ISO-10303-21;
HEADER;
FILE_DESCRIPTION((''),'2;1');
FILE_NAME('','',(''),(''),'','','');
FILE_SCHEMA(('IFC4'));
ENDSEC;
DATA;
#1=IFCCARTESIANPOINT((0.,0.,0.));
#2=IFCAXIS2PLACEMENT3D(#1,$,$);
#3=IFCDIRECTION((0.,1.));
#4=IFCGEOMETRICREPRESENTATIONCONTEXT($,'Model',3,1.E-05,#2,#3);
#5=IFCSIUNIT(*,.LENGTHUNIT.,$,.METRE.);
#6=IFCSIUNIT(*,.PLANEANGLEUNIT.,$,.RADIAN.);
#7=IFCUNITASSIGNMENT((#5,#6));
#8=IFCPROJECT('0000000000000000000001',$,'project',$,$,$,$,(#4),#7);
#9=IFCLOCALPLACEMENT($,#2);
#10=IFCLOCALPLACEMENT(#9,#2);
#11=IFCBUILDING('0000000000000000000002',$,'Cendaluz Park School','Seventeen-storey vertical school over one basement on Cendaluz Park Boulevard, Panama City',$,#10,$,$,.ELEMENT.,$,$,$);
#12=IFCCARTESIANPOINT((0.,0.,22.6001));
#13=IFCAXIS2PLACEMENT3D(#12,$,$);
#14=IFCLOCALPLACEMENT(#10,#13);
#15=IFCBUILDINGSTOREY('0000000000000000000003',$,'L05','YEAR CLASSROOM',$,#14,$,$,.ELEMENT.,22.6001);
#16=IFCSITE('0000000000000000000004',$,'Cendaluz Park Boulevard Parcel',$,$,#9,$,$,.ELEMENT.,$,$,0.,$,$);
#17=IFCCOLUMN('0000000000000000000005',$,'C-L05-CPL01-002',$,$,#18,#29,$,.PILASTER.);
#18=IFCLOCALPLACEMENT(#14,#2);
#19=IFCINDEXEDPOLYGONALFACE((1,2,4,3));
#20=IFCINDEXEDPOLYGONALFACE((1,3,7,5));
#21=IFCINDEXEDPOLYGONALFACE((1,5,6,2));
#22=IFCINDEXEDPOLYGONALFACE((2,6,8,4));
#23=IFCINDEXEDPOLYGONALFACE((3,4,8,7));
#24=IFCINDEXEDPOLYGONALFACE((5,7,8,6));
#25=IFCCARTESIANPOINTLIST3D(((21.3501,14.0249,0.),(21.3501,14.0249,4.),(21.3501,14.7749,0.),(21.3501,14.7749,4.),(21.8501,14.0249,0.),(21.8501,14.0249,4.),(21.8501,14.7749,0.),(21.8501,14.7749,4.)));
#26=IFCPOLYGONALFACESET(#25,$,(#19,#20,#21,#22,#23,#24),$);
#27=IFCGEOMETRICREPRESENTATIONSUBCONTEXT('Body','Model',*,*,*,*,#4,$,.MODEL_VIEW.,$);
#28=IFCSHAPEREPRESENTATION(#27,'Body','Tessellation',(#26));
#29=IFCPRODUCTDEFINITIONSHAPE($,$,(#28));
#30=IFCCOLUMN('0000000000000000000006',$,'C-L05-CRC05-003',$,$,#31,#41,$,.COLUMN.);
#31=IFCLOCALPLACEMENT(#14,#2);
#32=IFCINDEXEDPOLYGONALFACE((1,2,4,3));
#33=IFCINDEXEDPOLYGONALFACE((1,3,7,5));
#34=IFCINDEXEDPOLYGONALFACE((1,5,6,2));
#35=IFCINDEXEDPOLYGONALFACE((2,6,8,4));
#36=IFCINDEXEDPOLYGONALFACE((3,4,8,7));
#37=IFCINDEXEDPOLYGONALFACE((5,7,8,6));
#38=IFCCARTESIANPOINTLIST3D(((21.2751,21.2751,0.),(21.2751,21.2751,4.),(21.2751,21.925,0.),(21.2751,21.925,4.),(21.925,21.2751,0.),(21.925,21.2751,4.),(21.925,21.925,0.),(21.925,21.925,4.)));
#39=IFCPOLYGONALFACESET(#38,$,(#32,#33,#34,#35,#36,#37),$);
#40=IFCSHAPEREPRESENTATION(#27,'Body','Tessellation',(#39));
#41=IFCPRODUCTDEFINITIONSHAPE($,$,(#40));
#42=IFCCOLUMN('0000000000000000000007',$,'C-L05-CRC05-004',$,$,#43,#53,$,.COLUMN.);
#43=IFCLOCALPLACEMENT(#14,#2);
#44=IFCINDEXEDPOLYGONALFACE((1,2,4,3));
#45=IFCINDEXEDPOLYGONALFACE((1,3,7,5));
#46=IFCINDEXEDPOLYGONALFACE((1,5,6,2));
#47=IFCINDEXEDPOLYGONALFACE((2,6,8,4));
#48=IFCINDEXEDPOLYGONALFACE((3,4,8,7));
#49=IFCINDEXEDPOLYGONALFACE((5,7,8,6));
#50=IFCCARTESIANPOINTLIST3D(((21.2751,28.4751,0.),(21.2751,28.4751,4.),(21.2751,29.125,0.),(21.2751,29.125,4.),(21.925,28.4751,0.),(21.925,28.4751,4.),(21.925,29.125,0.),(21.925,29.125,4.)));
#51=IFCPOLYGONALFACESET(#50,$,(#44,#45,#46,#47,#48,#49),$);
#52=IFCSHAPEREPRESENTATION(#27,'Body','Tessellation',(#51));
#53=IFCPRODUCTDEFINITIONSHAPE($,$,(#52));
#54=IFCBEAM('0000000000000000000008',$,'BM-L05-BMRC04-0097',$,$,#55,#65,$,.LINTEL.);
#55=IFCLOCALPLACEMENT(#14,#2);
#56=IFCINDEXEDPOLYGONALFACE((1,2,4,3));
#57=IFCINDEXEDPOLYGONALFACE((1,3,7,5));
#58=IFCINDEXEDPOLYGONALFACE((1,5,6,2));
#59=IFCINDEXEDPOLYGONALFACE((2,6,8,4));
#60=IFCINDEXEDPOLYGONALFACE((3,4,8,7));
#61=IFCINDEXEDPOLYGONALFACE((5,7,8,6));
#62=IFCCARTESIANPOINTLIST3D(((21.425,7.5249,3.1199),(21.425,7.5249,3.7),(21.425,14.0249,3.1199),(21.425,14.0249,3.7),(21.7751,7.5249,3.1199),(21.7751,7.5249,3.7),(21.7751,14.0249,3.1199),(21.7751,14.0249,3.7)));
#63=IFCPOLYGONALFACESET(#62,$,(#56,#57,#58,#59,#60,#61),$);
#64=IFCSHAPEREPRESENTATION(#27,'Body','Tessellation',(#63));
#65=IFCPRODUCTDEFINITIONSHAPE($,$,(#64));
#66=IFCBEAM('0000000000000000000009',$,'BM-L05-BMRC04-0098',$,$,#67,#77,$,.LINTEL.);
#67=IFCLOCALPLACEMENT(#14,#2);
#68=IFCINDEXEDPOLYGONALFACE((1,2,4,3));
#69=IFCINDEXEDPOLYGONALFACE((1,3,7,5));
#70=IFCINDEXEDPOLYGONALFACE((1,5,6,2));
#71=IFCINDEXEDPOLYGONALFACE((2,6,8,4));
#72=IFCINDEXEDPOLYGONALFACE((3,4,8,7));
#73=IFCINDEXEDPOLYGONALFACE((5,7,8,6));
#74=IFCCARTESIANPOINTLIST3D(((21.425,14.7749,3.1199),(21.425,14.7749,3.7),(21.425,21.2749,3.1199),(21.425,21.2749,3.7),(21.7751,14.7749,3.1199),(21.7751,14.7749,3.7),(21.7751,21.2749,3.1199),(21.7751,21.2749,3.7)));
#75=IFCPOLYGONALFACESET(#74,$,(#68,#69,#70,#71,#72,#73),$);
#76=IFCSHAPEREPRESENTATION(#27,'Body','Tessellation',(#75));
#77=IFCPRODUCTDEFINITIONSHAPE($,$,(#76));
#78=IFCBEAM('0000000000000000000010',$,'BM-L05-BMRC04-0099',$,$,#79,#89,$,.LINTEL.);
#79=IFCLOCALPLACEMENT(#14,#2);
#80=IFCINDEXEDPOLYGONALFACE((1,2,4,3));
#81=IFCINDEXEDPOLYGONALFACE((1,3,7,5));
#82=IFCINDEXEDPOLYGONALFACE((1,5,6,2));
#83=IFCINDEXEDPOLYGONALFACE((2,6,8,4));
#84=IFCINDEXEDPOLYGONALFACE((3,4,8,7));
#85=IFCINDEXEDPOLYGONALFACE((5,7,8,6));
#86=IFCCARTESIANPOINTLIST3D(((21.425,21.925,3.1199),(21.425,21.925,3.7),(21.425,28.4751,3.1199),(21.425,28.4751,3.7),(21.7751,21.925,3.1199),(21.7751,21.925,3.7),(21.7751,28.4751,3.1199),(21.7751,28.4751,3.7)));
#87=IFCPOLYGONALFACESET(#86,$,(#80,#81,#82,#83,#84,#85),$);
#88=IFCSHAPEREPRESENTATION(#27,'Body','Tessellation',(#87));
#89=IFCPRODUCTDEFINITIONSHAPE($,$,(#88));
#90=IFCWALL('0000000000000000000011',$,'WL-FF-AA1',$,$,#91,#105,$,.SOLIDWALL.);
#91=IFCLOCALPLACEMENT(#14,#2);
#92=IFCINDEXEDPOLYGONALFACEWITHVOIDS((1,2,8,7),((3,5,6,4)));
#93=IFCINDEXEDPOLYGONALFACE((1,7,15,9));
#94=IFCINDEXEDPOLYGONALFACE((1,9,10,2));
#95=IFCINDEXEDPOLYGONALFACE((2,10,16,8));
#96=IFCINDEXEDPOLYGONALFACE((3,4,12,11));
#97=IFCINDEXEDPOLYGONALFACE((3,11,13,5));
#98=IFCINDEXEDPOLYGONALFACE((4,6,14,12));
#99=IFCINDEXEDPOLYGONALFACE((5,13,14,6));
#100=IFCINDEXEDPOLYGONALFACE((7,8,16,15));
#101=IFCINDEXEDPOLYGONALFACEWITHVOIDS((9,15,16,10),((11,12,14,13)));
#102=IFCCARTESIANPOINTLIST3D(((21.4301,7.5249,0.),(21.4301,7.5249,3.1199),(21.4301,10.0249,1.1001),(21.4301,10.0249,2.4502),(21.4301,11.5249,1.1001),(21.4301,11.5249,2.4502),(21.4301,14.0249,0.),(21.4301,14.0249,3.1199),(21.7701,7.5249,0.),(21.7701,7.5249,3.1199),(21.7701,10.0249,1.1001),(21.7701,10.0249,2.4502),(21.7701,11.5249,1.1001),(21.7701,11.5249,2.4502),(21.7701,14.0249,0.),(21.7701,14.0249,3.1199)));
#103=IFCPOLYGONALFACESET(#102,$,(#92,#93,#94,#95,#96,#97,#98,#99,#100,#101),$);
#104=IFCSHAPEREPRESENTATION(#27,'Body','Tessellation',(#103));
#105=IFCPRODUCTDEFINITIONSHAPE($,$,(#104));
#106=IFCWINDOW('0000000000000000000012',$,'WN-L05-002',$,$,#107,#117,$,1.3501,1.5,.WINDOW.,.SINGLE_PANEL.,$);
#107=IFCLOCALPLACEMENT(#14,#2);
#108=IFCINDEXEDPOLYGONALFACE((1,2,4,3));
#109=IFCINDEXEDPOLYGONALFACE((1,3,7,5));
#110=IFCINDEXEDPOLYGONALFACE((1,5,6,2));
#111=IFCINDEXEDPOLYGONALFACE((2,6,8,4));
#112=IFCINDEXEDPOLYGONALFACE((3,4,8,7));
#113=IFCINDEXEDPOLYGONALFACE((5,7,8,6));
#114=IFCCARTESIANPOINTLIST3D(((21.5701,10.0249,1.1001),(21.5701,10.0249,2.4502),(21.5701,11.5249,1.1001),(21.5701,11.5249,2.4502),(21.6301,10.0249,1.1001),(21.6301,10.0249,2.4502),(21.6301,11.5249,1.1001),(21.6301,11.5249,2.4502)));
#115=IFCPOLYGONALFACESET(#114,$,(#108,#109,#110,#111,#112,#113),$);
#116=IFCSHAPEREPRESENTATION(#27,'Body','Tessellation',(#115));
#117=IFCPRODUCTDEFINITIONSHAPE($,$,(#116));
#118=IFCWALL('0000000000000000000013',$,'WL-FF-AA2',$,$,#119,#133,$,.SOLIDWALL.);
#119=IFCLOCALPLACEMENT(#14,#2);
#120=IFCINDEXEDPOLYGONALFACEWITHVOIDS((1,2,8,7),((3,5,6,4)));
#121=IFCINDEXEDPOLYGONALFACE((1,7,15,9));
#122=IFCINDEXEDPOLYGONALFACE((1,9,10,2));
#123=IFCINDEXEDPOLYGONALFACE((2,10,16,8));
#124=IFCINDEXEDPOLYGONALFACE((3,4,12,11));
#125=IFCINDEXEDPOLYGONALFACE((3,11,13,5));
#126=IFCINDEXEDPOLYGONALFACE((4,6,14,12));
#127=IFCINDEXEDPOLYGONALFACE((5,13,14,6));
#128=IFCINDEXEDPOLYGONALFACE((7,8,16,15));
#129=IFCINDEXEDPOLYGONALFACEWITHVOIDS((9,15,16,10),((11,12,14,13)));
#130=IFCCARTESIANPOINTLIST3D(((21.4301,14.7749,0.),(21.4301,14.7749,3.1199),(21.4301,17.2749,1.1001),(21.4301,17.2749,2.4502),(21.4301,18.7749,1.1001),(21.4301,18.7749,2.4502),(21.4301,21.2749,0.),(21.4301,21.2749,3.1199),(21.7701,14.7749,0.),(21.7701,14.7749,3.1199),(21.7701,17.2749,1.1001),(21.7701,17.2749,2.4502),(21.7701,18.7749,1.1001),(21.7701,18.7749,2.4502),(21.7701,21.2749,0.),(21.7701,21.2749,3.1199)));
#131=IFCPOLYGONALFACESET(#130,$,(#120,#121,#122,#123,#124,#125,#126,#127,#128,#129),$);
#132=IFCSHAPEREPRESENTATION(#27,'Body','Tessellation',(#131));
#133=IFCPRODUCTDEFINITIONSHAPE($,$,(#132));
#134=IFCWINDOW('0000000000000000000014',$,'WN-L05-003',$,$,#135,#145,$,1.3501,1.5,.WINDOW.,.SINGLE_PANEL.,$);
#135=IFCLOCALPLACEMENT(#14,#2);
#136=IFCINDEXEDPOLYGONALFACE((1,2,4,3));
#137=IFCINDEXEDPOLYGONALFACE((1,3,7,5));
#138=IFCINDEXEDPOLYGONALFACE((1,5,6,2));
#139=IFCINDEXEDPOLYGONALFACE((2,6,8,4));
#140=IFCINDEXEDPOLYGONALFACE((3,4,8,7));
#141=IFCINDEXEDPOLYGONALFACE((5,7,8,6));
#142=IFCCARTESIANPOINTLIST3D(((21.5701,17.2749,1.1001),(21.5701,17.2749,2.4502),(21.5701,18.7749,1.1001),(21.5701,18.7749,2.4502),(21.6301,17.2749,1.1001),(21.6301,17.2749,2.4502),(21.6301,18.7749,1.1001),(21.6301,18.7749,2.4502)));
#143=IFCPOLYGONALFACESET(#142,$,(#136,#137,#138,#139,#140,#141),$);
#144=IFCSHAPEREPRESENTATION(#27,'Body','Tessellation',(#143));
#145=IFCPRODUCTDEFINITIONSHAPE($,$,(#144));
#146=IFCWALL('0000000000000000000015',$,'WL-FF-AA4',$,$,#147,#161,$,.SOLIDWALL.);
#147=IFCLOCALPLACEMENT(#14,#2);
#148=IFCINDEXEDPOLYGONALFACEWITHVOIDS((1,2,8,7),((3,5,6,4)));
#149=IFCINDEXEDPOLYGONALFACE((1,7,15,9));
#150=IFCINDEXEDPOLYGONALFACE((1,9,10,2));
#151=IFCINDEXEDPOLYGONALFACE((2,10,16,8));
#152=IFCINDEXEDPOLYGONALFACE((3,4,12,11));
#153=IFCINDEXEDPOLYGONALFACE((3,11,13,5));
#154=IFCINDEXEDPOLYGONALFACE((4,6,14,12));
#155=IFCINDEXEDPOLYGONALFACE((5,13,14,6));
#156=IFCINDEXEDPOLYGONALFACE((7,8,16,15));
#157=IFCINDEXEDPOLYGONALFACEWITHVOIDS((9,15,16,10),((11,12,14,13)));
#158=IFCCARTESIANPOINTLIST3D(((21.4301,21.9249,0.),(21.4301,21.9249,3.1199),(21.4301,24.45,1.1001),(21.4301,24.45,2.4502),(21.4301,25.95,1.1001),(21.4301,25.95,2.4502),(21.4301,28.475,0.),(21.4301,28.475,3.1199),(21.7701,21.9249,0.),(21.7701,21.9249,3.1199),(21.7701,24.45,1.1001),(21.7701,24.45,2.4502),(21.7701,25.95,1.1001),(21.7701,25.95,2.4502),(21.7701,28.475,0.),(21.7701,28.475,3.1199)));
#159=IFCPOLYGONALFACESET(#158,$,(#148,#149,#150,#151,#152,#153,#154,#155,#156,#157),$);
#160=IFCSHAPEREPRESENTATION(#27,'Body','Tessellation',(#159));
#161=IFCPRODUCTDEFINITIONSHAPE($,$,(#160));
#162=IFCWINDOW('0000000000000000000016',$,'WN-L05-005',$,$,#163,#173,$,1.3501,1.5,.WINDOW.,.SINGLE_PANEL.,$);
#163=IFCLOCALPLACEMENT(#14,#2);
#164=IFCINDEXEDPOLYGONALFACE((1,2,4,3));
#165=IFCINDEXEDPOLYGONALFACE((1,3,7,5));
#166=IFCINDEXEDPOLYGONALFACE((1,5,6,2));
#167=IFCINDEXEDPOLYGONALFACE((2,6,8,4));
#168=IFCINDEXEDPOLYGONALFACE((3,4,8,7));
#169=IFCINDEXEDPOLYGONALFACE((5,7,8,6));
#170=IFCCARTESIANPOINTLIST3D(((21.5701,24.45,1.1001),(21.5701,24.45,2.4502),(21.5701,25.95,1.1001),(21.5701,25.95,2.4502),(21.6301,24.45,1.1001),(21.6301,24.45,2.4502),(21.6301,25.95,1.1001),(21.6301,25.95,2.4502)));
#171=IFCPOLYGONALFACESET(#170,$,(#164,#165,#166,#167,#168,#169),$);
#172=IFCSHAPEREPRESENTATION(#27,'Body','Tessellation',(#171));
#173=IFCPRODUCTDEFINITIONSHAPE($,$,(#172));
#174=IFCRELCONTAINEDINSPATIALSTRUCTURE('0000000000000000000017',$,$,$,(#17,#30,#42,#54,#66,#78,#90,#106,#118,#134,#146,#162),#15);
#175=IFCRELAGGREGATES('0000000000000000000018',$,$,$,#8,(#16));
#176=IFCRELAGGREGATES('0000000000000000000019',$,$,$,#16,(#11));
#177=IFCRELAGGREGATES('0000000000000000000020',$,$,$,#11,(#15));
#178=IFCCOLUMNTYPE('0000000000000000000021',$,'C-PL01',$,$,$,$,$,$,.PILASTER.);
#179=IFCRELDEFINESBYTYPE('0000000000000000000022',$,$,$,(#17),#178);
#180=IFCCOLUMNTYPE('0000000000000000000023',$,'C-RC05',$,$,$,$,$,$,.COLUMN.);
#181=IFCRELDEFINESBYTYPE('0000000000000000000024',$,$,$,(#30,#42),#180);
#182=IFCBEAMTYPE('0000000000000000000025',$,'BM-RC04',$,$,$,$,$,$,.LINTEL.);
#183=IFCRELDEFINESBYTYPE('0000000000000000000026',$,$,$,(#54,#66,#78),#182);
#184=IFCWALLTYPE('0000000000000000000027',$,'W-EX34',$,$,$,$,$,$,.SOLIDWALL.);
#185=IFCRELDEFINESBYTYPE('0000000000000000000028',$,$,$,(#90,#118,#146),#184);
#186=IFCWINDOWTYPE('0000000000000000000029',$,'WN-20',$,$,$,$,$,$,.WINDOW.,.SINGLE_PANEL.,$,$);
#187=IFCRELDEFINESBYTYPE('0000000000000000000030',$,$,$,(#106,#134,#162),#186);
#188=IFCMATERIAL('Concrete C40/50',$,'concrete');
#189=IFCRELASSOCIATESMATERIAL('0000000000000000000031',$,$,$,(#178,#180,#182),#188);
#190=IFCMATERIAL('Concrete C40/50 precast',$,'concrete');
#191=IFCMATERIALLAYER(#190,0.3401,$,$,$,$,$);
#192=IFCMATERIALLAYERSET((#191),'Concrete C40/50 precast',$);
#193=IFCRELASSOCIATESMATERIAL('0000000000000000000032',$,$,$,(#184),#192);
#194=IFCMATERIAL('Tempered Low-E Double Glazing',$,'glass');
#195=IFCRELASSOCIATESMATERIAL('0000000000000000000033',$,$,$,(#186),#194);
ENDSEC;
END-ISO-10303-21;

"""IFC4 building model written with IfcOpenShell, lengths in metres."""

from ifc_helpers import new_model, si_unit, direction, frame, frame_2d, origin, origin_2d, place, context, subcontext, project, spatial, rectangle, extrude, material, layer, layer_set, material_profile, profile_set, type_object, element, fill, save


model = new_model("IFC4")

# Units and contexts
model_context = context("Model", 3, precision=1e-05, world=origin(), true_north=direction((0.0, 1.0)))
body_context = subcontext(model_context, "Body", "Model", "MODEL_VIEW")
ifc_project = project(units=[si_unit("LENGTHUNIT", "METRE"), si_unit("PLANEANGLEUNIT", "RADIAN")], contexts=[model_context])

# Site, building, storey
site_placement = place(None, origin())
site = spatial("IfcSite", under=ifc_project, at=site_placement, Name="Cendaluz Park Boulevard Parcel", CompositionType="ELEMENT", RefElevation=0.0)
building_placement = place(site_placement, origin())
building = spatial("IfcBuilding", under=site, at=building_placement, Name="Cendaluz Park School", Description="Seventeen-storey vertical school over one basement on Cendaluz Park Boulevard, Panama City", CompositionType="ELEMENT")
storey_placement = place(building_placement, frame((0.0, 0.0, 22.6001)))
storey = spatial("IfcBuildingStorey", under=building, at=storey_placement, Name="L05", Description="YEAR CLASSROOM", CompositionType="ELEMENT", Elevation=22.6001)

# Columns
ifc_material_1 = material(Name="Concrete C40/50", Category="concrete")
ifc_material_profile_1 = material_profile(ifc_material_1, rectangle(XDim=0.5, YDim=0.75, at=origin_2d()), Name="RC 500x750", Category="concrete")
ifc_profile_set_1 = profile_set([ifc_material_profile_1], Name="Concrete C40/50")
column_type_1 = type_object("IfcColumnType", Name="C-PL01", PredefinedType="PILASTER", material=ifc_profile_set_1)
column_placement = place(storey_placement, frame((21.6001, 14.3999, 0.0), z_axis=(0.0, 0.0, 1.0), x_axis=(1.0, 0.0, 0.0)))
element("IfcColumn", 1, at=column_placement, inside=storey, type_object=column_type_1, Name="C-L05-CPL01-002", PredefinedType="PILASTER", context=body_context, shape_type="SweptSolid", body=[
    extrude(rectangle(XDim=0.5, YDim=0.75, at=origin_2d()), origin(), (0.0, 0.0, 1.0), 4.0),
])
ifc_material_profile_2 = material_profile(ifc_material_1, rectangle(XDim=0.6499, YDim=0.6499, at=origin_2d()), Name="RC 650x650", Category="concrete")
ifc_profile_set_2 = profile_set([ifc_material_profile_2], Name="Concrete C40/50")
column_type_2 = type_object("IfcColumnType", Name="C-RC05", PredefinedType="COLUMN", material=ifc_profile_set_2)
for number, where, z_axis, x_axis, name in (
    (2, (21.6001, 21.6001, 0.0), (0.0, 0.0, 1.0), (1.0, 0.0, 0.0), "C-L05-CRC05-003"),
    (3, (21.6001, 28.8, 0.0), (0.0, 0.0, 1.0), (1.0, 0.0, 0.0), "C-L05-CRC05-004"),
):
    element("IfcColumn", number, at=place(storey_placement, frame(where, z_axis=z_axis, x_axis=x_axis)), inside=storey, type_object=column_type_2, Name=name, PredefinedType="COLUMN", context=body_context, shape_type="SweptSolid", body=[
        extrude(rectangle(XDim=0.6499, YDim=0.6499, at=origin_2d()), origin(), (0.0, 0.0, 1.0), 4.0),
    ])

# Beams
ifc_material_profile_3 = material_profile(ifc_material_1, rectangle(XDim=0.3501, YDim=0.5801, at=origin_2d()), Name="RC 350x580", Category="concrete")
ifc_profile_set_3 = profile_set([ifc_material_profile_3], Name="Concrete C40/50")
beam_type = type_object("IfcBeamType", Name="BM-RC04", PredefinedType="LINTEL", material=ifc_profile_set_3)
for number, where, z_axis, x_axis, name in (
    (4, (21.6001, 7.5249, 3.4099), (0.0, 1.0, 0.0), (-1.0, 0.0, 0.0), "BM-L05-BMRC04-0097"),
    (5, (21.6001, 14.7749, 3.4099), (0.0, 1.0, 0.0), (-1.0, 0.0, 0.0), "BM-L05-BMRC04-0098"),
):
    element("IfcBeam", number, at=place(storey_placement, frame(where, z_axis=z_axis, x_axis=x_axis)), inside=storey, type_object=beam_type, Name=name, PredefinedType="LINTEL", context=body_context, shape_type="SweptSolid", body=[
        extrude(rectangle(XDim=0.3501, YDim=0.5801, at=origin_2d()), origin(), (0.0, 0.0, 1.0), 6.5),
    ])
beam_placement = place(storey_placement, frame((21.6001, 21.925, 3.4099), z_axis=(0.0, 1.0, 0.0), x_axis=(-1.0, 0.0, 0.0)))
element("IfcBeam", 6, at=beam_placement, inside=storey, type_object=beam_type, Name="BM-L05-BMRC04-0099", PredefinedType="LINTEL", context=body_context, shape_type="SweptSolid", body=[
    extrude(rectangle(XDim=0.3501, YDim=0.5801, at=origin_2d()), origin(), (0.0, 0.0, 1.0), 6.55),
])

# Walls, openings, windows
ifc_material_2 = material(Name="Concrete C40/50 precast", Category="concrete")
ifc_layer_1 = layer(ifc_material_2, 0.3401)
ifc_layer_set_1 = layer_set([ifc_layer_1], Name="Concrete C40/50 precast")
wall_type_1 = type_object("IfcWallType", Name="W-EX34", PredefinedType="SOLIDWALL", material=ifc_layer_set_1)
wall_1_placement = place(storey_placement, frame((21.6001, 7.5249, 0.0), z_axis=(0.0, 0.0, 1.0), x_axis=(0.0, 1.0, 0.0)))
wall_1 = element("IfcWall", 7, at=wall_1_placement, inside=storey, type_object=wall_type_1, Name="WL-FF-AA1", PredefinedType="SOLIDWALL", context=body_context, shape_type="SweptSolid", body=[
    extrude(rectangle(XDim=6.5, YDim=0.3401, at=frame_2d((3.25, 0.0))), origin(), (0.0, 0.0, 1.0), 3.1199),
])
opening_1_placement = place(wall_1_placement, frame((2.5, 0.0, 1.1001)))
opening_1 = element("IfcOpeningElement", 8, at=opening_1_placement, cuts=wall_1, PredefinedType="OPENING", context=body_context, shape_type="SweptSolid", body=[
    extrude(rectangle(XDim=1.5, YDim=1.3501, at=frame_2d((0.75, 0.675))), frame((0.0, 0.1821, 0.0), z_axis=(0.0, -1.0, 0.0), x_axis=(1.0, 0.0, 0.0)), (0.0, 0.0, 1.0), 0.364),
])
ifc_material_3 = material(Name="Tempered Low-E Double Glazing", Category="glass")
window_type = type_object("IfcWindowType", Name="WN-20", PartitioningType="SINGLE_PANEL", PredefinedType="WINDOW", material=ifc_material_3)
window_1_placement = place(opening_1_placement, origin())
window_1 = element("IfcWindow", 9, at=window_1_placement, inside=storey, type_object=window_type, Name="WN-L05-002", OverallHeight=1.3501, OverallWidth=1.5, PartitioningType="SINGLE_PANEL", PredefinedType="WINDOW", context=body_context, shape_type="SweptSolid", body=[
    extrude(rectangle(XDim=1.5, YDim=1.3501, at=frame_2d((0.75, 0.675))), frame((0.0, 0.03, 0.0), z_axis=(0.0, -1.0, 0.0), x_axis=(1.0, 0.0, 0.0)), (0.0, 0.0, 1.0), 0.0601),
])
fill(opening_1, window_1)
wall_2_placement = place(storey_placement, frame((21.6001, 14.7749, 0.0), z_axis=(0.0, 0.0, 1.0), x_axis=(0.0, 1.0, 0.0)))
wall_2 = element("IfcWall", 10, at=wall_2_placement, inside=storey, type_object=wall_type_1, Name="WL-FF-AA2", PredefinedType="SOLIDWALL", context=body_context, shape_type="SweptSolid", body=[
    extrude(rectangle(XDim=6.5, YDim=0.3401, at=frame_2d((3.25, 0.0))), origin(), (0.0, 0.0, 1.0), 3.1199),
])
opening_2_placement = place(wall_2_placement, frame((2.5, 0.0, 1.1001)))
opening_2 = element("IfcOpeningElement", 11, at=opening_2_placement, cuts=wall_2, PredefinedType="OPENING", context=body_context, shape_type="SweptSolid", body=[
    extrude(rectangle(XDim=1.5, YDim=1.3501, at=frame_2d((0.75, 0.675))), frame((0.0, 0.1821, 0.0), z_axis=(0.0, -1.0, 0.0), x_axis=(1.0, 0.0, 0.0)), (0.0, 0.0, 1.0), 0.364),
])
window_2_placement = place(opening_2_placement, origin())
window_2 = element("IfcWindow", 12, at=window_2_placement, inside=storey, type_object=window_type, Name="WN-L05-003", OverallHeight=1.3501, OverallWidth=1.5, PartitioningType="SINGLE_PANEL", PredefinedType="WINDOW", context=body_context, shape_type="SweptSolid", body=[
    extrude(rectangle(XDim=1.5, YDim=1.3501, at=frame_2d((0.75, 0.675))), frame((0.0, 0.03, 0.0), z_axis=(0.0, -1.0, 0.0), x_axis=(1.0, 0.0, 0.0)), (0.0, 0.0, 1.0), 0.0601),
])
fill(opening_2, window_2)
wall_3_placement = place(storey_placement, frame((21.6001, 21.925, 0.0), z_axis=(0.0, 0.0, 1.0), x_axis=(0.0, 1.0, 0.0)))
wall_3 = element("IfcWall", 13, at=wall_3_placement, inside=storey, type_object=wall_type_1, Name="WL-FF-AA4", PredefinedType="SOLIDWALL", context=body_context, shape_type="SweptSolid", body=[
    extrude(rectangle(XDim=6.55, YDim=0.3401, at=frame_2d((3.2749, 0.0))), origin(), (0.0, 0.0, 1.0), 3.1199),
])
opening_3_placement = place(wall_3_placement, frame((2.5249, 0.0, 1.1001)))
opening_3 = element("IfcOpeningElement", 14, at=opening_3_placement, cuts=wall_3, PredefinedType="OPENING", context=body_context, shape_type="SweptSolid", body=[
    extrude(rectangle(XDim=1.5, YDim=1.3501, at=frame_2d((0.75, 0.675))), frame((0.0, 0.1821, 0.0), z_axis=(0.0, -1.0, 0.0), x_axis=(1.0, 0.0, 0.0)), (0.0, 0.0, 1.0), 0.364),
])
window_3_placement = place(opening_3_placement, origin())
window_3 = element("IfcWindow", 15, at=window_3_placement, inside=storey, type_object=window_type, Name="WN-L05-005", OverallHeight=1.3501, OverallWidth=1.5, PartitioningType="SINGLE_PANEL", PredefinedType="WINDOW", context=body_context, shape_type="SweptSolid", body=[
    extrude(rectangle(XDim=1.5, YDim=1.3501, at=frame_2d((0.75, 0.675))), frame((0.0, 0.03, 0.0), z_axis=(0.0, -1.0, 0.0), x_axis=(1.0, 0.0, 0.0)), (0.0, 0.0, 1.0), 0.0601),
])
fill(opening_3, window_3)

save(model, "model.ifc")
